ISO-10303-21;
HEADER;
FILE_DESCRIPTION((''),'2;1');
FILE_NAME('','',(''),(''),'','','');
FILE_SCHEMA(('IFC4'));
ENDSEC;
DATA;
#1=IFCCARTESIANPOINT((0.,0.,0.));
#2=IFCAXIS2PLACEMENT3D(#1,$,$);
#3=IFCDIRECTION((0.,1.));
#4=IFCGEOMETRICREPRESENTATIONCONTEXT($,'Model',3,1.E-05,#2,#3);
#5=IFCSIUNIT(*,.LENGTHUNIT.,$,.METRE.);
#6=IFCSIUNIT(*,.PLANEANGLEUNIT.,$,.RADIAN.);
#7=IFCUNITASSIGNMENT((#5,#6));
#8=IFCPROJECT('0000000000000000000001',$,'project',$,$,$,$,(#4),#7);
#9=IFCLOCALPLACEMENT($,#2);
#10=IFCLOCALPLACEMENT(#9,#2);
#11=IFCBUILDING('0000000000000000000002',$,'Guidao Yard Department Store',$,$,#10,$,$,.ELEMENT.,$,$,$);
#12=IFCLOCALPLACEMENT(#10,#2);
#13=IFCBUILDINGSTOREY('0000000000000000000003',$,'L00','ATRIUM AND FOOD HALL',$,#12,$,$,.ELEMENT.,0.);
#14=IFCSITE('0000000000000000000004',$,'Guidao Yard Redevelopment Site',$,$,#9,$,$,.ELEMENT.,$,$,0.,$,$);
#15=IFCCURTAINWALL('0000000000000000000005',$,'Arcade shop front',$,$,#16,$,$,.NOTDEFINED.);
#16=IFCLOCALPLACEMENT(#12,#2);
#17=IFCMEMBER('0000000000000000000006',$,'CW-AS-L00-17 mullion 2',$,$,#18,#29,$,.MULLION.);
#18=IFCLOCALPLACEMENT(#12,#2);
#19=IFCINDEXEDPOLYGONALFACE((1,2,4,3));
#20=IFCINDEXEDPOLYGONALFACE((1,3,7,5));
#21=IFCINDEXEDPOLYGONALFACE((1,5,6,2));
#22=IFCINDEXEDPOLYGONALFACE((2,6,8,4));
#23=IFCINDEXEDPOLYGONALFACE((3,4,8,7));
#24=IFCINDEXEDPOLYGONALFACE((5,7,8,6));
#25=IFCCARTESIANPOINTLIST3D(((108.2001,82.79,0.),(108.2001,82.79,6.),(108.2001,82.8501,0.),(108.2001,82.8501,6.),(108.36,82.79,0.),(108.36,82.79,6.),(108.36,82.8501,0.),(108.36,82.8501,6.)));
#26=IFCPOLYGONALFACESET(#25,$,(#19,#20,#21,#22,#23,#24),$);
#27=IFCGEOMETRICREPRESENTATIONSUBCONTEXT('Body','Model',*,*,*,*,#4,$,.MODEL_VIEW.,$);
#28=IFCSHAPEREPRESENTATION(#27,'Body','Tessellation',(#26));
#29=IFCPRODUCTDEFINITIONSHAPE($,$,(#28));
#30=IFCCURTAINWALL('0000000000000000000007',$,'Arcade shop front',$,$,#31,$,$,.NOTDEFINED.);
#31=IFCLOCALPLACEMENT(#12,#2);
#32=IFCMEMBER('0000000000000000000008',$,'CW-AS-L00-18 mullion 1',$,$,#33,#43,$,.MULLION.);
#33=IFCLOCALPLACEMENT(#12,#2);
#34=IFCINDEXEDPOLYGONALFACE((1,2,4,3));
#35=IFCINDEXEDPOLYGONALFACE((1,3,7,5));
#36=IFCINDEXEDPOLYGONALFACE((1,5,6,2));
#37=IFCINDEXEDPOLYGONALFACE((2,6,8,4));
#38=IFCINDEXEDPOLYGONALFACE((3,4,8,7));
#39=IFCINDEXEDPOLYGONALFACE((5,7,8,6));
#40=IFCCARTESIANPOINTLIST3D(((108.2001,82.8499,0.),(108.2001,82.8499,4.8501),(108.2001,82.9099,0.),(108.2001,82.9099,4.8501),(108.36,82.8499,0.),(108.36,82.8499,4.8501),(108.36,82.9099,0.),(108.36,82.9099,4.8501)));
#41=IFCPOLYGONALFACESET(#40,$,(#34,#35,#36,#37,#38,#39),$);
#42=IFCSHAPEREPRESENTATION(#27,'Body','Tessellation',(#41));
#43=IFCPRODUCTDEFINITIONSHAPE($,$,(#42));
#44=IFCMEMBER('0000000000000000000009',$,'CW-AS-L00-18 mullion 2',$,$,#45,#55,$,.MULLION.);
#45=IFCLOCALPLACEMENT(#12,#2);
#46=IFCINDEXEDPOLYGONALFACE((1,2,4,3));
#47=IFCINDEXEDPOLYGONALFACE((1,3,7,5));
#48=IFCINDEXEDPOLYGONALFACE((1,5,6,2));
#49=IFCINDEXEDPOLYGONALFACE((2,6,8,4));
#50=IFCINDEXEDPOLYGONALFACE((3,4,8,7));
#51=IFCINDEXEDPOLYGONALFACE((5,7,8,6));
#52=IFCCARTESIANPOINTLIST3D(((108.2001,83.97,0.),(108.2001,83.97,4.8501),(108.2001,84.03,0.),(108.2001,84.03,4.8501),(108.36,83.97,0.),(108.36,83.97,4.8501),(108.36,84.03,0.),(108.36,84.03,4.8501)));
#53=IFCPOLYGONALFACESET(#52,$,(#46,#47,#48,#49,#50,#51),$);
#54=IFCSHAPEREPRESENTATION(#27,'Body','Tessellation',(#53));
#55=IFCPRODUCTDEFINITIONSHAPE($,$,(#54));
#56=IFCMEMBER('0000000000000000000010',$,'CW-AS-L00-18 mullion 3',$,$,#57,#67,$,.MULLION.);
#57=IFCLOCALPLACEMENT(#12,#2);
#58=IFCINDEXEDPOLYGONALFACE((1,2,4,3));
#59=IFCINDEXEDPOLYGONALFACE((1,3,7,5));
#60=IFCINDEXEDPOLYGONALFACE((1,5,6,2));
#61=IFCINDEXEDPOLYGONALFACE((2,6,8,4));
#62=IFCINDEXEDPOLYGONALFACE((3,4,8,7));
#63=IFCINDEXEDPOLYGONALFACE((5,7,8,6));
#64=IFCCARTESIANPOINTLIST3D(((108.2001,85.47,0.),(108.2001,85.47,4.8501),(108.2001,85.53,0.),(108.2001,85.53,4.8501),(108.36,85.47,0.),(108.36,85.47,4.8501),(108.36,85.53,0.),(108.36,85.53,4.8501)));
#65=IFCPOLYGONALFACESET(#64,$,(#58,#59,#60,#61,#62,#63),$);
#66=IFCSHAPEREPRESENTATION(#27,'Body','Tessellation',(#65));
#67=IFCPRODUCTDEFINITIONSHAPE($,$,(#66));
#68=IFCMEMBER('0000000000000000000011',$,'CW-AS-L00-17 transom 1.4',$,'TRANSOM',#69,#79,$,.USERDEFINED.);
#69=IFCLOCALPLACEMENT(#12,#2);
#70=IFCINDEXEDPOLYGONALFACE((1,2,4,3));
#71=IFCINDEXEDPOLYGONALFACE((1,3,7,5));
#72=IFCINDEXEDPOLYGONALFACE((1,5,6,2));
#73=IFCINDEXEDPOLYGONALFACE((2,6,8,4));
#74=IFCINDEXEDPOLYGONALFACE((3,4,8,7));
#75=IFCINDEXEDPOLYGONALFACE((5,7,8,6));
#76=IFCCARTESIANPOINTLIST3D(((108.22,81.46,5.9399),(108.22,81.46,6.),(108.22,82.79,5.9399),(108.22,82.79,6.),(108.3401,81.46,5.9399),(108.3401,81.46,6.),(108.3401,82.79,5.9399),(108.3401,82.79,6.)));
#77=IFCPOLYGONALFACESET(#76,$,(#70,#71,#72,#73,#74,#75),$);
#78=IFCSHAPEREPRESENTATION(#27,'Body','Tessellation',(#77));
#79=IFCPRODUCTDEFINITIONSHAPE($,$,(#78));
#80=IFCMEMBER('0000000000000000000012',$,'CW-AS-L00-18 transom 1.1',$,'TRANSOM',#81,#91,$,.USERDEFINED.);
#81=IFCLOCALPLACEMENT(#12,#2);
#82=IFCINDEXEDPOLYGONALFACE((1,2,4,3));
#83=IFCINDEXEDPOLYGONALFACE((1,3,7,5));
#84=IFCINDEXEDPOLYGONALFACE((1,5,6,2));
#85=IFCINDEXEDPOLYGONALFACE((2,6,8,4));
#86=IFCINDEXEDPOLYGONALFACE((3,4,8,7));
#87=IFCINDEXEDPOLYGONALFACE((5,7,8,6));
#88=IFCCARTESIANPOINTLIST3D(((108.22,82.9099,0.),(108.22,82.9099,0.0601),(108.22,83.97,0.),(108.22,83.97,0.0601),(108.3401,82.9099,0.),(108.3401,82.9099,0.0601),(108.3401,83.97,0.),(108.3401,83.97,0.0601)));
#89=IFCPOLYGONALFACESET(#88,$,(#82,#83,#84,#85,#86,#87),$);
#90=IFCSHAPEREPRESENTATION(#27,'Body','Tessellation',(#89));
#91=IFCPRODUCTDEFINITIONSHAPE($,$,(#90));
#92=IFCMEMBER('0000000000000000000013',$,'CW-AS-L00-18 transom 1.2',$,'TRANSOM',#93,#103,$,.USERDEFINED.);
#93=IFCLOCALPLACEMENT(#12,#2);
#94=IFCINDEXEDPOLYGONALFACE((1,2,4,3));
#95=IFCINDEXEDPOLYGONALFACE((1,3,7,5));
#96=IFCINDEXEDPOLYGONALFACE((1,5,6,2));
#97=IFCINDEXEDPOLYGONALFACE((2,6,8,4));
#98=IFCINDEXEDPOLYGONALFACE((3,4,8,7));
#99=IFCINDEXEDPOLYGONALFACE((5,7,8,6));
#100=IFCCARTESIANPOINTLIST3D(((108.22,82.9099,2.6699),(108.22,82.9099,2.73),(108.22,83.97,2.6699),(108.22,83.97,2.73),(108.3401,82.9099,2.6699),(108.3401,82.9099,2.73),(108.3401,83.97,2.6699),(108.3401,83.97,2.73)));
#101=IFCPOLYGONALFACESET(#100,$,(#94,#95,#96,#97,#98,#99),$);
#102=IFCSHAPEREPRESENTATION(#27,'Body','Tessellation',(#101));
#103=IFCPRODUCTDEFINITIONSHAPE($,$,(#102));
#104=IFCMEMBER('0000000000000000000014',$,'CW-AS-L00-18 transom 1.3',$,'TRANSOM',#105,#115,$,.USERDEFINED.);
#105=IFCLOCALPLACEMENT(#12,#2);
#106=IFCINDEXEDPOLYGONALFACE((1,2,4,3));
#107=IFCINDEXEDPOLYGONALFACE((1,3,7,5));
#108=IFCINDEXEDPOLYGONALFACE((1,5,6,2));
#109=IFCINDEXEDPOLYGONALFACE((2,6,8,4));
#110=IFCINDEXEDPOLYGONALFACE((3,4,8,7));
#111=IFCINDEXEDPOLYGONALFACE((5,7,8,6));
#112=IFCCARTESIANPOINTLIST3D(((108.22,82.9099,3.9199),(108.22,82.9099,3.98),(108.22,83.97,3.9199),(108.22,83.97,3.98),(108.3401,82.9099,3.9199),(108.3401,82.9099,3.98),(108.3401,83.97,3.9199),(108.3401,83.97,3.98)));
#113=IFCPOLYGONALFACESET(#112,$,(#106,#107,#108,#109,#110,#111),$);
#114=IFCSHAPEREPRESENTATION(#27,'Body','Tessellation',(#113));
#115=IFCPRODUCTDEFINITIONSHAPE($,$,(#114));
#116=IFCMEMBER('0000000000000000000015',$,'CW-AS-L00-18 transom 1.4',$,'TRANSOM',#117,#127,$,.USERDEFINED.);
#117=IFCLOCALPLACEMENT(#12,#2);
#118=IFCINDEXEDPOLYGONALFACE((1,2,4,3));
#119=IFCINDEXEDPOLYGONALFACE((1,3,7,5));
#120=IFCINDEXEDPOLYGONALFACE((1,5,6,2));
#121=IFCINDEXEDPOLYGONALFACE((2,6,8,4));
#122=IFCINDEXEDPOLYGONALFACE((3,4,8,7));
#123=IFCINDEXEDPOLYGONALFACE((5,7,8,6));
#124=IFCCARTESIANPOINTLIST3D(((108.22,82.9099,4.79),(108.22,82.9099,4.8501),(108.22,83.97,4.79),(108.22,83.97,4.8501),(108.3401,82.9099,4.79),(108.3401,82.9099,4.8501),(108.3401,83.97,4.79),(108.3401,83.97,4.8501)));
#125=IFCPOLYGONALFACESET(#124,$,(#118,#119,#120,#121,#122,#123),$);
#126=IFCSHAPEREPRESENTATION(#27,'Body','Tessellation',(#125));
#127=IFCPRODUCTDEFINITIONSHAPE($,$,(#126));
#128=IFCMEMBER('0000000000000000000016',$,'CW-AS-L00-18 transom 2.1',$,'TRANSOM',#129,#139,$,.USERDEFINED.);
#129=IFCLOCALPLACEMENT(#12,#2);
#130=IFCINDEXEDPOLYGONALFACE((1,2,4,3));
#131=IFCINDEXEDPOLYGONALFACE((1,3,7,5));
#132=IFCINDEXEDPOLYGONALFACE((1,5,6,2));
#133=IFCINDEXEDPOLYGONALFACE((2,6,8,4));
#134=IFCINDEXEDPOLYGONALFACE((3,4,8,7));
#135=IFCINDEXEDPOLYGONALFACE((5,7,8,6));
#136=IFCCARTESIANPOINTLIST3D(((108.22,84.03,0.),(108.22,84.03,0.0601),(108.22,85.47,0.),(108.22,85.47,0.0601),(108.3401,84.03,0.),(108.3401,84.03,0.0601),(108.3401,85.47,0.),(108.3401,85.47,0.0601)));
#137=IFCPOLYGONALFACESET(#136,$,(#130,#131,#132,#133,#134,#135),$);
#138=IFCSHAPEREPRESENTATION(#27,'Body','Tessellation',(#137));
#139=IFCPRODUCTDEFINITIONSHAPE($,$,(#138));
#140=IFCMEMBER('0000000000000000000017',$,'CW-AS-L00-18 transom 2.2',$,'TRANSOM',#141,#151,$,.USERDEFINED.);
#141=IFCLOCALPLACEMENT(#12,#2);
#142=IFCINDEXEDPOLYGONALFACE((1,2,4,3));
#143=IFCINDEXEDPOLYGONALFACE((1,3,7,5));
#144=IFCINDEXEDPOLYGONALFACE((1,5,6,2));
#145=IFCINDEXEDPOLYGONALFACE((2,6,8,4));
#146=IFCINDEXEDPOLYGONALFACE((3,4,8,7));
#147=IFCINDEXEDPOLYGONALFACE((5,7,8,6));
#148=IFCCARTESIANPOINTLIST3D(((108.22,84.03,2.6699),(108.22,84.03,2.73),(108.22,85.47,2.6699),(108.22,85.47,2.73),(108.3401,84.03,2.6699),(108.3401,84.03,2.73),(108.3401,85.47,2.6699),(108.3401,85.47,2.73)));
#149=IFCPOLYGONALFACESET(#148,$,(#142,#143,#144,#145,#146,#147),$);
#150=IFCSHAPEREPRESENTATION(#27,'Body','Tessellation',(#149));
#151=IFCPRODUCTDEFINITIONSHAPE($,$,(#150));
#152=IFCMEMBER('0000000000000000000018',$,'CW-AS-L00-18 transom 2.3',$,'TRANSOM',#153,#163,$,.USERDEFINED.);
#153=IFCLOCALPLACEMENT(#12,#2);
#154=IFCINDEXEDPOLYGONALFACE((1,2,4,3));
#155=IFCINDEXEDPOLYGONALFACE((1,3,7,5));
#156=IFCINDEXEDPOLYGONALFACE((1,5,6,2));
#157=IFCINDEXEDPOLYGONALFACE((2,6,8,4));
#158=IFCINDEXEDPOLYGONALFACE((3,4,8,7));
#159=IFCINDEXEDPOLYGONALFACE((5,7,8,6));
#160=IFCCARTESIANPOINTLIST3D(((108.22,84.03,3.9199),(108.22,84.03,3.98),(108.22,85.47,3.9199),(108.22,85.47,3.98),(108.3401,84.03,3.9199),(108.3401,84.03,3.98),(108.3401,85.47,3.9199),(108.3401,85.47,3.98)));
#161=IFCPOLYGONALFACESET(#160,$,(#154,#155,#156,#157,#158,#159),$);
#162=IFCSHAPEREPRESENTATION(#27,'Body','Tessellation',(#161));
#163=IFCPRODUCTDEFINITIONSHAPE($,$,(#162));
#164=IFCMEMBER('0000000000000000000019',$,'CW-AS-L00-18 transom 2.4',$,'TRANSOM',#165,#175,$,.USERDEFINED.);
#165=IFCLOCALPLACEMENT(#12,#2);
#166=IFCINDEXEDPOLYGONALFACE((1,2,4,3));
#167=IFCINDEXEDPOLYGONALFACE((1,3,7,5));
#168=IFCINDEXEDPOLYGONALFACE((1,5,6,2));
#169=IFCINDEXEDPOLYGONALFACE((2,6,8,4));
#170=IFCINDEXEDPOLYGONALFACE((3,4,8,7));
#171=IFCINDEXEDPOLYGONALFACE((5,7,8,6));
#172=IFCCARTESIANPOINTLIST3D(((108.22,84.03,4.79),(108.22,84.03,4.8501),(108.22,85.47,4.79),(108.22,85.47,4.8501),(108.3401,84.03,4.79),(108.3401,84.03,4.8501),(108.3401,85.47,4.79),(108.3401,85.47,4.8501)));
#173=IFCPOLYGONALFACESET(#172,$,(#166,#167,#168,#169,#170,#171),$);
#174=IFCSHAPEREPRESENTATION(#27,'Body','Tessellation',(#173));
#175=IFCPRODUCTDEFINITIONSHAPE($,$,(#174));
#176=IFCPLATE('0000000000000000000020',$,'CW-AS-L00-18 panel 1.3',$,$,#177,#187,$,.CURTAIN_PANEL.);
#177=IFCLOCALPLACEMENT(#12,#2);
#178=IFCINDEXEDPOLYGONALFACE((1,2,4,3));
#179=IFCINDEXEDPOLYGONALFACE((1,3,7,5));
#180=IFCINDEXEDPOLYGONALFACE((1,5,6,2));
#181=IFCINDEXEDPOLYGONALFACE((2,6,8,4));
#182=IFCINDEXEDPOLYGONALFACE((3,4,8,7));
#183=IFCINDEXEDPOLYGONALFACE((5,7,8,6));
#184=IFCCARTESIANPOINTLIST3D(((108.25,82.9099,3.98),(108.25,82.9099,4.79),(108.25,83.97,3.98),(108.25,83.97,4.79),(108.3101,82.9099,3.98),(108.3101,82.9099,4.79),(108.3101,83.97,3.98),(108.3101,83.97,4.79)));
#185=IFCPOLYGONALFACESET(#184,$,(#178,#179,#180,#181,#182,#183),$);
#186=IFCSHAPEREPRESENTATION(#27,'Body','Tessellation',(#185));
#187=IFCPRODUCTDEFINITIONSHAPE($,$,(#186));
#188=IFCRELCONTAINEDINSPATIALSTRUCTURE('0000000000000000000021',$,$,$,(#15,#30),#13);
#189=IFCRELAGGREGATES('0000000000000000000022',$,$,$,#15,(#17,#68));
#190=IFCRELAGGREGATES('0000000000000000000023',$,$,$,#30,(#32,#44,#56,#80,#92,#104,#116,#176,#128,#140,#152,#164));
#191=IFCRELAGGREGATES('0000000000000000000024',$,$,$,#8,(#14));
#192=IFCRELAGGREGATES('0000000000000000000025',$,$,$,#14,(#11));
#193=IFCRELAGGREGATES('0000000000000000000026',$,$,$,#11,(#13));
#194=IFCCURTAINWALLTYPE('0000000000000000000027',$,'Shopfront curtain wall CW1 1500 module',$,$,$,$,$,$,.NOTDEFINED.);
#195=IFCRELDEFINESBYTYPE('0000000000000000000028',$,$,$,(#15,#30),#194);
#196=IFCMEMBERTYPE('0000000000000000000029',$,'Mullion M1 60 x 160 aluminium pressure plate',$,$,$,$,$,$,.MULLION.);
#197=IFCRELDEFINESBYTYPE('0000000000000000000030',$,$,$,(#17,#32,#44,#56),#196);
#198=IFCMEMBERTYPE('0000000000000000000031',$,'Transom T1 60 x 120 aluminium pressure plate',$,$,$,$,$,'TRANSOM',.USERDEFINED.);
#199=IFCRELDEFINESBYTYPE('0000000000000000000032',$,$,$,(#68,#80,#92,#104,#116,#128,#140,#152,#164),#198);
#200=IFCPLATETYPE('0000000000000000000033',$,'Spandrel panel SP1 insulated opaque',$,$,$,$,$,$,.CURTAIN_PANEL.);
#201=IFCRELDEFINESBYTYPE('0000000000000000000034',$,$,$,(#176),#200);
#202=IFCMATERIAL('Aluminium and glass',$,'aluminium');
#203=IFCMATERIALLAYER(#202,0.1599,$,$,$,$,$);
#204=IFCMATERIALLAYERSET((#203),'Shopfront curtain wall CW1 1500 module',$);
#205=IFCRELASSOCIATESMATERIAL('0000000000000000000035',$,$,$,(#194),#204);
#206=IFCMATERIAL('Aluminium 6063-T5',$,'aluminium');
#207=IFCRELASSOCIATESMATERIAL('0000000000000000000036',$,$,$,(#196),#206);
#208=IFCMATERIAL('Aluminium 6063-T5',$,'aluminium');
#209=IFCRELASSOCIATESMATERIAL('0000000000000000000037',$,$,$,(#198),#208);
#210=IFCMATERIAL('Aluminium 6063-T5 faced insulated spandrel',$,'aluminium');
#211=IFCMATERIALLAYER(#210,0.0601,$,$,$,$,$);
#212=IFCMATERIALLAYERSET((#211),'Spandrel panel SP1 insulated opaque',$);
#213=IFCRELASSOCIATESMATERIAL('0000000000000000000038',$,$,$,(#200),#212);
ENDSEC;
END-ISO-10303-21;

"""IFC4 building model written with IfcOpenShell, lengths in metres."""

from ifc_helpers import new_model, si_unit, direction, frame, origin, origin_2d, place, context, subcontext, project, spatial, rectangle, extrude, material, layer, layer_set, material_profile, profile_set, type_object, element, aggregate, save


model = new_model("IFC4")

# Units and contexts
model_context = context("Model", 3, precision=1e-05, world=origin(), true_north=direction((0.0, 1.0)))
body_context = subcontext(model_context, "Body", "Model", "MODEL_VIEW")
ifc_project = project(units=[si_unit("LENGTHUNIT", "METRE"), si_unit("PLANEANGLEUNIT", "RADIAN")], contexts=[model_context])

# Site, building, storey
site_placement = place(None, origin())
site = spatial("IfcSite", under=ifc_project, at=site_placement, Name="Guidao Yard Redevelopment Site", CompositionType="ELEMENT", RefElevation=0.0)
building_placement = place(site_placement, origin())
building = spatial("IfcBuilding", under=site, at=building_placement, Name="Guidao Yard Department Store", CompositionType="ELEMENT")
storey_placement = place(building_placement, origin())
storey = spatial("IfcBuildingStorey", under=building, at=storey_placement, Name="L00", Description="ATRIUM AND FOOD HALL", CompositionType="ELEMENT", Elevation=0.0)

# Curtain wall, member
ifc_material_1 = material(Name="Aluminium and glass", Category="aluminium")
ifc_layer_1 = layer(ifc_material_1, 0.1599)
ifc_layer_set_1 = layer_set([ifc_layer_1], Name="Shopfront curtain wall CW1 1500 module")
curtain_wall_type = type_object("IfcCurtainWallType", Name="Shopfront curtain wall CW1 1500 module", PredefinedType="NOTDEFINED", material=ifc_layer_set_1)
curtain_wall_1_placement = place(storey_placement, origin())
curtain_wall_1 = element("IfcCurtainWall", 1, at=curtain_wall_1_placement, inside=storey, type_object=curtain_wall_type, Name="Arcade shop front", PredefinedType="NOTDEFINED")
ifc_material_2 = material(Name="Aluminium 6063-T5", Category="aluminium")
ifc_material_profile_1 = material_profile(ifc_material_2, rectangle(XDim=0.0601, YDim=0.1599, at=origin_2d()), Name="Mullion M1 60 x 160 aluminium pressure plate")
ifc_profile_set_1 = profile_set([ifc_material_profile_1], Name="Aluminium 6063-T5")
member_type_1 = type_object("IfcMemberType", Name="Mullion M1 60 x 160 aluminium pressure plate", PredefinedType="MULLION", material=ifc_profile_set_1)
member_1_placement = place(storey_placement, frame((108.28, 82.8201, 0.0), z_axis=(0.0, 0.0, 1.0), x_axis=(0.0, -1.0, 0.0)))
member_1 = element("IfcMember", 2, at=member_1_placement, type_object=member_type_1, Name="CW-AS-L00-17 mullion 2", PredefinedType="MULLION", context=body_context, shape_type="SweptSolid", body=[
    extrude(rectangle(XDim=0.0601, YDim=0.1599, at=origin_2d()), origin(), (0.0, 0.0, 1.0), 6.0),
])

# Curtain wall, members
curtain_wall_2_placement = place(storey_placement, origin())
curtain_wall_2 = element("IfcCurtainWall", 3, at=curtain_wall_2_placement, inside=storey, type_object=curtain_wall_type, Name="Arcade shop front", PredefinedType="NOTDEFINED")
member_2_placement = place(storey_placement, frame((108.28, 82.8799, 0.0), z_axis=(0.0, 0.0, 1.0), x_axis=(0.0, -1.0, 0.0)))
member_2 = element("IfcMember", 4, at=member_2_placement, type_object=member_type_1, Name="CW-AS-L00-18 mullion 1", PredefinedType="MULLION", context=body_context, shape_type="SweptSolid", body=[
    extrude(rectangle(XDim=0.0601, YDim=0.1599, at=origin_2d()), origin(), (0.0, 0.0, 1.0), 4.8501),
])
member_3_placement = place(storey_placement, frame((108.28, 84.0, 0.0), z_axis=(0.0, 0.0, 1.0), x_axis=(0.0, -1.0, 0.0)))
member_3 = element("IfcMember", 5, at=member_3_placement, type_object=member_type_1, Name="CW-AS-L00-18 mullion 2", PredefinedType="MULLION", context=body_context, shape_type="SweptSolid", body=[
    extrude(rectangle(XDim=0.0601, YDim=0.1599, at=origin_2d()), origin(), (0.0, 0.0, 1.0), 4.8501),
])
member_4_placement = place(storey_placement, frame((108.28, 85.5, 0.0), z_axis=(0.0, 0.0, 1.0), x_axis=(0.0, -1.0, 0.0)))
member_4 = element("IfcMember", 6, at=member_4_placement, type_object=member_type_1, Name="CW-AS-L00-18 mullion 3", PredefinedType="MULLION", context=body_context, shape_type="SweptSolid", body=[
    extrude(rectangle(XDim=0.0601, YDim=0.1599, at=origin_2d()), origin(), (0.0, 0.0, 1.0), 4.8501),
])

# Members
ifc_material_3 = material(Name="Aluminium 6063-T5", Category="aluminium")
ifc_material_profile_2 = material_profile(ifc_material_3, rectangle(XDim=0.1201, YDim=0.0601, at=origin_2d()), Name="Transom T1 60 x 120 aluminium pressure plate")
ifc_profile_set_2 = profile_set([ifc_material_profile_2], Name="Aluminium 6063-T5")
member_type_2 = type_object("IfcMemberType", Name="Transom T1 60 x 120 aluminium pressure plate", ElementType="TRANSOM", PredefinedType="USERDEFINED", material=ifc_profile_set_2)
member_5_placement = place(storey_placement, frame((108.28, 82.79, 5.97), z_axis=(0.0, -1.0, 0.0), x_axis=(1.0, 0.0, 0.0)))
member_5 = element("IfcMember", 7, at=member_5_placement, type_object=member_type_2, Name="CW-AS-L00-17 transom 1.4", ObjectType="TRANSOM", PredefinedType="USERDEFINED", context=body_context, shape_type="SweptSolid", body=[
    extrude(rectangle(XDim=0.1201, YDim=0.0601, at=origin_2d()), origin(), (0.0, 0.0, 1.0), 1.3301),
])
aggregate(curtain_wall_1, [member_1, member_5])
member_6_placement = place(storey_placement, frame((108.28, 83.97, 0.03), z_axis=(0.0, -1.0, 0.0), x_axis=(1.0, 0.0, 0.0)))
member_6 = element("IfcMember", 8, at=member_6_placement, type_object=member_type_2, Name="CW-AS-L00-18 transom 1.1", ObjectType="TRANSOM", PredefinedType="USERDEFINED", context=body_context, shape_type="SweptSolid", body=[
    extrude(rectangle(XDim=0.1201, YDim=0.0601, at=origin_2d()), origin(), (0.0, 0.0, 1.0), 1.0601),
])
member_7_placement = place(storey_placement, frame((108.28, 83.97, 2.7), z_axis=(0.0, -1.0, 0.0), x_axis=(1.0, 0.0, 0.0)))
member_7 = element("IfcMember", 9, at=member_7_placement, type_object=member_type_2, Name="CW-AS-L00-18 transom 1.2", ObjectType="TRANSOM", PredefinedType="USERDEFINED", context=body_context, shape_type="SweptSolid", body=[
    extrude(rectangle(XDim=0.1201, YDim=0.0601, at=origin_2d()), origin(), (0.0, 0.0, 1.0), 1.0601),
])
member_8_placement = place(storey_placement, frame((108.28, 83.97, 3.95), z_axis=(0.0, -1.0, 0.0), x_axis=(1.0, 0.0, 0.0)))
member_8 = element("IfcMember", 10, at=member_8_placement, type_object=member_type_2, Name="CW-AS-L00-18 transom 1.3", ObjectType="TRANSOM", PredefinedType="USERDEFINED", context=body_context, shape_type="SweptSolid", body=[
    extrude(rectangle(XDim=0.1201, YDim=0.0601, at=origin_2d()), origin(), (0.0, 0.0, 1.0), 1.0601),
])
member_9_placement = place(storey_placement, frame((108.28, 83.97, 4.8201), z_axis=(0.0, -1.0, 0.0), x_axis=(1.0, 0.0, 0.0)))
member_9 = element("IfcMember", 11, at=member_9_placement, type_object=member_type_2, Name="CW-AS-L00-18 transom 1.4", ObjectType="TRANSOM", PredefinedType="USERDEFINED", context=body_context, shape_type="SweptSolid", body=[
    extrude(rectangle(XDim=0.1201, YDim=0.0601, at=origin_2d()), origin(), (0.0, 0.0, 1.0), 1.0601),
])
member_10_placement = place(storey_placement, frame((108.28, 85.47, 0.03), z_axis=(0.0, -1.0, 0.0), x_axis=(1.0, 0.0, 0.0)))
member_10 = element("IfcMember", 12, at=member_10_placement, type_object=member_type_2, Name="CW-AS-L00-18 transom 2.1", ObjectType="TRANSOM", PredefinedType="USERDEFINED", context=body_context, shape_type="SweptSolid", body=[
    extrude(rectangle(XDim=0.1201, YDim=0.0601, at=origin_2d()), origin(), (0.0, 0.0, 1.0), 1.4399),
])
member_11_placement = place(storey_placement, frame((108.28, 85.47, 2.7), z_axis=(0.0, -1.0, 0.0), x_axis=(1.0, 0.0, 0.0)))
member_11 = element("IfcMember", 13, at=member_11_placement, type_object=member_type_2, Name="CW-AS-L00-18 transom 2.2", ObjectType="TRANSOM", PredefinedType="USERDEFINED", context=body_context, shape_type="SweptSolid", body=[
    extrude(rectangle(XDim=0.1201, YDim=0.0601, at=origin_2d()), origin(), (0.0, 0.0, 1.0), 1.4399),
])
member_12_placement = place(storey_placement, frame((108.28, 85.47, 3.95), z_axis=(0.0, -1.0, 0.0), x_axis=(1.0, 0.0, 0.0)))
member_12 = element("IfcMember", 14, at=member_12_placement, type_object=member_type_2, Name="CW-AS-L00-18 transom 2.3", ObjectType="TRANSOM", PredefinedType="USERDEFINED", context=body_context, shape_type="SweptSolid", body=[
    extrude(rectangle(XDim=0.1201, YDim=0.0601, at=origin_2d()), origin(), (0.0, 0.0, 1.0), 1.4399),
])
member_13_placement = place(storey_placement, frame((108.28, 85.47, 4.8201), z_axis=(0.0, -1.0, 0.0), x_axis=(1.0, 0.0, 0.0)))
member_13 = element("IfcMember", 15, at=member_13_placement, type_object=member_type_2, Name="CW-AS-L00-18 transom 2.4", ObjectType="TRANSOM", PredefinedType="USERDEFINED", context=body_context, shape_type="SweptSolid", body=[
    extrude(rectangle(XDim=0.1201, YDim=0.0601, at=origin_2d()), origin(), (0.0, 0.0, 1.0), 1.4399),
])

# Plate
ifc_material_4 = material(Name="Aluminium 6063-T5 faced insulated spandrel", Category="aluminium")
ifc_layer_2 = layer(ifc_material_4, 0.0601)
ifc_layer_set_2 = layer_set([ifc_layer_2], Name="Spandrel panel SP1 insulated opaque")
plate_type_1 = type_object("IfcPlateType", Name="Spandrel panel SP1 insulated opaque", PredefinedType="CURTAIN_PANEL", material=ifc_layer_set_2)
plate_1_placement = place(storey_placement, frame((108.28, 83.4399, 3.98), z_axis=(0.0, 0.0, 1.0), x_axis=(0.0, -1.0, 0.0)))
plate_1 = element("IfcPlate", 16, at=plate_1_placement, type_object=plate_type_1, Name="CW-AS-L00-18 panel 1.3", PredefinedType="CURTAIN_PANEL", context=body_context, shape_type="SweptSolid", body=[
    extrude(rectangle(XDim=1.0601, YDim=0.0601, at=origin_2d()), origin(), (0.0, 0.0, 1.0), 0.8101),
])
aggregate(curtain_wall_2, [member_2, member_3, member_4, member_6, member_7, member_8, member_9, plate_1, member_10, member_11, member_12, member_13])

save(model, "model.ifc")
